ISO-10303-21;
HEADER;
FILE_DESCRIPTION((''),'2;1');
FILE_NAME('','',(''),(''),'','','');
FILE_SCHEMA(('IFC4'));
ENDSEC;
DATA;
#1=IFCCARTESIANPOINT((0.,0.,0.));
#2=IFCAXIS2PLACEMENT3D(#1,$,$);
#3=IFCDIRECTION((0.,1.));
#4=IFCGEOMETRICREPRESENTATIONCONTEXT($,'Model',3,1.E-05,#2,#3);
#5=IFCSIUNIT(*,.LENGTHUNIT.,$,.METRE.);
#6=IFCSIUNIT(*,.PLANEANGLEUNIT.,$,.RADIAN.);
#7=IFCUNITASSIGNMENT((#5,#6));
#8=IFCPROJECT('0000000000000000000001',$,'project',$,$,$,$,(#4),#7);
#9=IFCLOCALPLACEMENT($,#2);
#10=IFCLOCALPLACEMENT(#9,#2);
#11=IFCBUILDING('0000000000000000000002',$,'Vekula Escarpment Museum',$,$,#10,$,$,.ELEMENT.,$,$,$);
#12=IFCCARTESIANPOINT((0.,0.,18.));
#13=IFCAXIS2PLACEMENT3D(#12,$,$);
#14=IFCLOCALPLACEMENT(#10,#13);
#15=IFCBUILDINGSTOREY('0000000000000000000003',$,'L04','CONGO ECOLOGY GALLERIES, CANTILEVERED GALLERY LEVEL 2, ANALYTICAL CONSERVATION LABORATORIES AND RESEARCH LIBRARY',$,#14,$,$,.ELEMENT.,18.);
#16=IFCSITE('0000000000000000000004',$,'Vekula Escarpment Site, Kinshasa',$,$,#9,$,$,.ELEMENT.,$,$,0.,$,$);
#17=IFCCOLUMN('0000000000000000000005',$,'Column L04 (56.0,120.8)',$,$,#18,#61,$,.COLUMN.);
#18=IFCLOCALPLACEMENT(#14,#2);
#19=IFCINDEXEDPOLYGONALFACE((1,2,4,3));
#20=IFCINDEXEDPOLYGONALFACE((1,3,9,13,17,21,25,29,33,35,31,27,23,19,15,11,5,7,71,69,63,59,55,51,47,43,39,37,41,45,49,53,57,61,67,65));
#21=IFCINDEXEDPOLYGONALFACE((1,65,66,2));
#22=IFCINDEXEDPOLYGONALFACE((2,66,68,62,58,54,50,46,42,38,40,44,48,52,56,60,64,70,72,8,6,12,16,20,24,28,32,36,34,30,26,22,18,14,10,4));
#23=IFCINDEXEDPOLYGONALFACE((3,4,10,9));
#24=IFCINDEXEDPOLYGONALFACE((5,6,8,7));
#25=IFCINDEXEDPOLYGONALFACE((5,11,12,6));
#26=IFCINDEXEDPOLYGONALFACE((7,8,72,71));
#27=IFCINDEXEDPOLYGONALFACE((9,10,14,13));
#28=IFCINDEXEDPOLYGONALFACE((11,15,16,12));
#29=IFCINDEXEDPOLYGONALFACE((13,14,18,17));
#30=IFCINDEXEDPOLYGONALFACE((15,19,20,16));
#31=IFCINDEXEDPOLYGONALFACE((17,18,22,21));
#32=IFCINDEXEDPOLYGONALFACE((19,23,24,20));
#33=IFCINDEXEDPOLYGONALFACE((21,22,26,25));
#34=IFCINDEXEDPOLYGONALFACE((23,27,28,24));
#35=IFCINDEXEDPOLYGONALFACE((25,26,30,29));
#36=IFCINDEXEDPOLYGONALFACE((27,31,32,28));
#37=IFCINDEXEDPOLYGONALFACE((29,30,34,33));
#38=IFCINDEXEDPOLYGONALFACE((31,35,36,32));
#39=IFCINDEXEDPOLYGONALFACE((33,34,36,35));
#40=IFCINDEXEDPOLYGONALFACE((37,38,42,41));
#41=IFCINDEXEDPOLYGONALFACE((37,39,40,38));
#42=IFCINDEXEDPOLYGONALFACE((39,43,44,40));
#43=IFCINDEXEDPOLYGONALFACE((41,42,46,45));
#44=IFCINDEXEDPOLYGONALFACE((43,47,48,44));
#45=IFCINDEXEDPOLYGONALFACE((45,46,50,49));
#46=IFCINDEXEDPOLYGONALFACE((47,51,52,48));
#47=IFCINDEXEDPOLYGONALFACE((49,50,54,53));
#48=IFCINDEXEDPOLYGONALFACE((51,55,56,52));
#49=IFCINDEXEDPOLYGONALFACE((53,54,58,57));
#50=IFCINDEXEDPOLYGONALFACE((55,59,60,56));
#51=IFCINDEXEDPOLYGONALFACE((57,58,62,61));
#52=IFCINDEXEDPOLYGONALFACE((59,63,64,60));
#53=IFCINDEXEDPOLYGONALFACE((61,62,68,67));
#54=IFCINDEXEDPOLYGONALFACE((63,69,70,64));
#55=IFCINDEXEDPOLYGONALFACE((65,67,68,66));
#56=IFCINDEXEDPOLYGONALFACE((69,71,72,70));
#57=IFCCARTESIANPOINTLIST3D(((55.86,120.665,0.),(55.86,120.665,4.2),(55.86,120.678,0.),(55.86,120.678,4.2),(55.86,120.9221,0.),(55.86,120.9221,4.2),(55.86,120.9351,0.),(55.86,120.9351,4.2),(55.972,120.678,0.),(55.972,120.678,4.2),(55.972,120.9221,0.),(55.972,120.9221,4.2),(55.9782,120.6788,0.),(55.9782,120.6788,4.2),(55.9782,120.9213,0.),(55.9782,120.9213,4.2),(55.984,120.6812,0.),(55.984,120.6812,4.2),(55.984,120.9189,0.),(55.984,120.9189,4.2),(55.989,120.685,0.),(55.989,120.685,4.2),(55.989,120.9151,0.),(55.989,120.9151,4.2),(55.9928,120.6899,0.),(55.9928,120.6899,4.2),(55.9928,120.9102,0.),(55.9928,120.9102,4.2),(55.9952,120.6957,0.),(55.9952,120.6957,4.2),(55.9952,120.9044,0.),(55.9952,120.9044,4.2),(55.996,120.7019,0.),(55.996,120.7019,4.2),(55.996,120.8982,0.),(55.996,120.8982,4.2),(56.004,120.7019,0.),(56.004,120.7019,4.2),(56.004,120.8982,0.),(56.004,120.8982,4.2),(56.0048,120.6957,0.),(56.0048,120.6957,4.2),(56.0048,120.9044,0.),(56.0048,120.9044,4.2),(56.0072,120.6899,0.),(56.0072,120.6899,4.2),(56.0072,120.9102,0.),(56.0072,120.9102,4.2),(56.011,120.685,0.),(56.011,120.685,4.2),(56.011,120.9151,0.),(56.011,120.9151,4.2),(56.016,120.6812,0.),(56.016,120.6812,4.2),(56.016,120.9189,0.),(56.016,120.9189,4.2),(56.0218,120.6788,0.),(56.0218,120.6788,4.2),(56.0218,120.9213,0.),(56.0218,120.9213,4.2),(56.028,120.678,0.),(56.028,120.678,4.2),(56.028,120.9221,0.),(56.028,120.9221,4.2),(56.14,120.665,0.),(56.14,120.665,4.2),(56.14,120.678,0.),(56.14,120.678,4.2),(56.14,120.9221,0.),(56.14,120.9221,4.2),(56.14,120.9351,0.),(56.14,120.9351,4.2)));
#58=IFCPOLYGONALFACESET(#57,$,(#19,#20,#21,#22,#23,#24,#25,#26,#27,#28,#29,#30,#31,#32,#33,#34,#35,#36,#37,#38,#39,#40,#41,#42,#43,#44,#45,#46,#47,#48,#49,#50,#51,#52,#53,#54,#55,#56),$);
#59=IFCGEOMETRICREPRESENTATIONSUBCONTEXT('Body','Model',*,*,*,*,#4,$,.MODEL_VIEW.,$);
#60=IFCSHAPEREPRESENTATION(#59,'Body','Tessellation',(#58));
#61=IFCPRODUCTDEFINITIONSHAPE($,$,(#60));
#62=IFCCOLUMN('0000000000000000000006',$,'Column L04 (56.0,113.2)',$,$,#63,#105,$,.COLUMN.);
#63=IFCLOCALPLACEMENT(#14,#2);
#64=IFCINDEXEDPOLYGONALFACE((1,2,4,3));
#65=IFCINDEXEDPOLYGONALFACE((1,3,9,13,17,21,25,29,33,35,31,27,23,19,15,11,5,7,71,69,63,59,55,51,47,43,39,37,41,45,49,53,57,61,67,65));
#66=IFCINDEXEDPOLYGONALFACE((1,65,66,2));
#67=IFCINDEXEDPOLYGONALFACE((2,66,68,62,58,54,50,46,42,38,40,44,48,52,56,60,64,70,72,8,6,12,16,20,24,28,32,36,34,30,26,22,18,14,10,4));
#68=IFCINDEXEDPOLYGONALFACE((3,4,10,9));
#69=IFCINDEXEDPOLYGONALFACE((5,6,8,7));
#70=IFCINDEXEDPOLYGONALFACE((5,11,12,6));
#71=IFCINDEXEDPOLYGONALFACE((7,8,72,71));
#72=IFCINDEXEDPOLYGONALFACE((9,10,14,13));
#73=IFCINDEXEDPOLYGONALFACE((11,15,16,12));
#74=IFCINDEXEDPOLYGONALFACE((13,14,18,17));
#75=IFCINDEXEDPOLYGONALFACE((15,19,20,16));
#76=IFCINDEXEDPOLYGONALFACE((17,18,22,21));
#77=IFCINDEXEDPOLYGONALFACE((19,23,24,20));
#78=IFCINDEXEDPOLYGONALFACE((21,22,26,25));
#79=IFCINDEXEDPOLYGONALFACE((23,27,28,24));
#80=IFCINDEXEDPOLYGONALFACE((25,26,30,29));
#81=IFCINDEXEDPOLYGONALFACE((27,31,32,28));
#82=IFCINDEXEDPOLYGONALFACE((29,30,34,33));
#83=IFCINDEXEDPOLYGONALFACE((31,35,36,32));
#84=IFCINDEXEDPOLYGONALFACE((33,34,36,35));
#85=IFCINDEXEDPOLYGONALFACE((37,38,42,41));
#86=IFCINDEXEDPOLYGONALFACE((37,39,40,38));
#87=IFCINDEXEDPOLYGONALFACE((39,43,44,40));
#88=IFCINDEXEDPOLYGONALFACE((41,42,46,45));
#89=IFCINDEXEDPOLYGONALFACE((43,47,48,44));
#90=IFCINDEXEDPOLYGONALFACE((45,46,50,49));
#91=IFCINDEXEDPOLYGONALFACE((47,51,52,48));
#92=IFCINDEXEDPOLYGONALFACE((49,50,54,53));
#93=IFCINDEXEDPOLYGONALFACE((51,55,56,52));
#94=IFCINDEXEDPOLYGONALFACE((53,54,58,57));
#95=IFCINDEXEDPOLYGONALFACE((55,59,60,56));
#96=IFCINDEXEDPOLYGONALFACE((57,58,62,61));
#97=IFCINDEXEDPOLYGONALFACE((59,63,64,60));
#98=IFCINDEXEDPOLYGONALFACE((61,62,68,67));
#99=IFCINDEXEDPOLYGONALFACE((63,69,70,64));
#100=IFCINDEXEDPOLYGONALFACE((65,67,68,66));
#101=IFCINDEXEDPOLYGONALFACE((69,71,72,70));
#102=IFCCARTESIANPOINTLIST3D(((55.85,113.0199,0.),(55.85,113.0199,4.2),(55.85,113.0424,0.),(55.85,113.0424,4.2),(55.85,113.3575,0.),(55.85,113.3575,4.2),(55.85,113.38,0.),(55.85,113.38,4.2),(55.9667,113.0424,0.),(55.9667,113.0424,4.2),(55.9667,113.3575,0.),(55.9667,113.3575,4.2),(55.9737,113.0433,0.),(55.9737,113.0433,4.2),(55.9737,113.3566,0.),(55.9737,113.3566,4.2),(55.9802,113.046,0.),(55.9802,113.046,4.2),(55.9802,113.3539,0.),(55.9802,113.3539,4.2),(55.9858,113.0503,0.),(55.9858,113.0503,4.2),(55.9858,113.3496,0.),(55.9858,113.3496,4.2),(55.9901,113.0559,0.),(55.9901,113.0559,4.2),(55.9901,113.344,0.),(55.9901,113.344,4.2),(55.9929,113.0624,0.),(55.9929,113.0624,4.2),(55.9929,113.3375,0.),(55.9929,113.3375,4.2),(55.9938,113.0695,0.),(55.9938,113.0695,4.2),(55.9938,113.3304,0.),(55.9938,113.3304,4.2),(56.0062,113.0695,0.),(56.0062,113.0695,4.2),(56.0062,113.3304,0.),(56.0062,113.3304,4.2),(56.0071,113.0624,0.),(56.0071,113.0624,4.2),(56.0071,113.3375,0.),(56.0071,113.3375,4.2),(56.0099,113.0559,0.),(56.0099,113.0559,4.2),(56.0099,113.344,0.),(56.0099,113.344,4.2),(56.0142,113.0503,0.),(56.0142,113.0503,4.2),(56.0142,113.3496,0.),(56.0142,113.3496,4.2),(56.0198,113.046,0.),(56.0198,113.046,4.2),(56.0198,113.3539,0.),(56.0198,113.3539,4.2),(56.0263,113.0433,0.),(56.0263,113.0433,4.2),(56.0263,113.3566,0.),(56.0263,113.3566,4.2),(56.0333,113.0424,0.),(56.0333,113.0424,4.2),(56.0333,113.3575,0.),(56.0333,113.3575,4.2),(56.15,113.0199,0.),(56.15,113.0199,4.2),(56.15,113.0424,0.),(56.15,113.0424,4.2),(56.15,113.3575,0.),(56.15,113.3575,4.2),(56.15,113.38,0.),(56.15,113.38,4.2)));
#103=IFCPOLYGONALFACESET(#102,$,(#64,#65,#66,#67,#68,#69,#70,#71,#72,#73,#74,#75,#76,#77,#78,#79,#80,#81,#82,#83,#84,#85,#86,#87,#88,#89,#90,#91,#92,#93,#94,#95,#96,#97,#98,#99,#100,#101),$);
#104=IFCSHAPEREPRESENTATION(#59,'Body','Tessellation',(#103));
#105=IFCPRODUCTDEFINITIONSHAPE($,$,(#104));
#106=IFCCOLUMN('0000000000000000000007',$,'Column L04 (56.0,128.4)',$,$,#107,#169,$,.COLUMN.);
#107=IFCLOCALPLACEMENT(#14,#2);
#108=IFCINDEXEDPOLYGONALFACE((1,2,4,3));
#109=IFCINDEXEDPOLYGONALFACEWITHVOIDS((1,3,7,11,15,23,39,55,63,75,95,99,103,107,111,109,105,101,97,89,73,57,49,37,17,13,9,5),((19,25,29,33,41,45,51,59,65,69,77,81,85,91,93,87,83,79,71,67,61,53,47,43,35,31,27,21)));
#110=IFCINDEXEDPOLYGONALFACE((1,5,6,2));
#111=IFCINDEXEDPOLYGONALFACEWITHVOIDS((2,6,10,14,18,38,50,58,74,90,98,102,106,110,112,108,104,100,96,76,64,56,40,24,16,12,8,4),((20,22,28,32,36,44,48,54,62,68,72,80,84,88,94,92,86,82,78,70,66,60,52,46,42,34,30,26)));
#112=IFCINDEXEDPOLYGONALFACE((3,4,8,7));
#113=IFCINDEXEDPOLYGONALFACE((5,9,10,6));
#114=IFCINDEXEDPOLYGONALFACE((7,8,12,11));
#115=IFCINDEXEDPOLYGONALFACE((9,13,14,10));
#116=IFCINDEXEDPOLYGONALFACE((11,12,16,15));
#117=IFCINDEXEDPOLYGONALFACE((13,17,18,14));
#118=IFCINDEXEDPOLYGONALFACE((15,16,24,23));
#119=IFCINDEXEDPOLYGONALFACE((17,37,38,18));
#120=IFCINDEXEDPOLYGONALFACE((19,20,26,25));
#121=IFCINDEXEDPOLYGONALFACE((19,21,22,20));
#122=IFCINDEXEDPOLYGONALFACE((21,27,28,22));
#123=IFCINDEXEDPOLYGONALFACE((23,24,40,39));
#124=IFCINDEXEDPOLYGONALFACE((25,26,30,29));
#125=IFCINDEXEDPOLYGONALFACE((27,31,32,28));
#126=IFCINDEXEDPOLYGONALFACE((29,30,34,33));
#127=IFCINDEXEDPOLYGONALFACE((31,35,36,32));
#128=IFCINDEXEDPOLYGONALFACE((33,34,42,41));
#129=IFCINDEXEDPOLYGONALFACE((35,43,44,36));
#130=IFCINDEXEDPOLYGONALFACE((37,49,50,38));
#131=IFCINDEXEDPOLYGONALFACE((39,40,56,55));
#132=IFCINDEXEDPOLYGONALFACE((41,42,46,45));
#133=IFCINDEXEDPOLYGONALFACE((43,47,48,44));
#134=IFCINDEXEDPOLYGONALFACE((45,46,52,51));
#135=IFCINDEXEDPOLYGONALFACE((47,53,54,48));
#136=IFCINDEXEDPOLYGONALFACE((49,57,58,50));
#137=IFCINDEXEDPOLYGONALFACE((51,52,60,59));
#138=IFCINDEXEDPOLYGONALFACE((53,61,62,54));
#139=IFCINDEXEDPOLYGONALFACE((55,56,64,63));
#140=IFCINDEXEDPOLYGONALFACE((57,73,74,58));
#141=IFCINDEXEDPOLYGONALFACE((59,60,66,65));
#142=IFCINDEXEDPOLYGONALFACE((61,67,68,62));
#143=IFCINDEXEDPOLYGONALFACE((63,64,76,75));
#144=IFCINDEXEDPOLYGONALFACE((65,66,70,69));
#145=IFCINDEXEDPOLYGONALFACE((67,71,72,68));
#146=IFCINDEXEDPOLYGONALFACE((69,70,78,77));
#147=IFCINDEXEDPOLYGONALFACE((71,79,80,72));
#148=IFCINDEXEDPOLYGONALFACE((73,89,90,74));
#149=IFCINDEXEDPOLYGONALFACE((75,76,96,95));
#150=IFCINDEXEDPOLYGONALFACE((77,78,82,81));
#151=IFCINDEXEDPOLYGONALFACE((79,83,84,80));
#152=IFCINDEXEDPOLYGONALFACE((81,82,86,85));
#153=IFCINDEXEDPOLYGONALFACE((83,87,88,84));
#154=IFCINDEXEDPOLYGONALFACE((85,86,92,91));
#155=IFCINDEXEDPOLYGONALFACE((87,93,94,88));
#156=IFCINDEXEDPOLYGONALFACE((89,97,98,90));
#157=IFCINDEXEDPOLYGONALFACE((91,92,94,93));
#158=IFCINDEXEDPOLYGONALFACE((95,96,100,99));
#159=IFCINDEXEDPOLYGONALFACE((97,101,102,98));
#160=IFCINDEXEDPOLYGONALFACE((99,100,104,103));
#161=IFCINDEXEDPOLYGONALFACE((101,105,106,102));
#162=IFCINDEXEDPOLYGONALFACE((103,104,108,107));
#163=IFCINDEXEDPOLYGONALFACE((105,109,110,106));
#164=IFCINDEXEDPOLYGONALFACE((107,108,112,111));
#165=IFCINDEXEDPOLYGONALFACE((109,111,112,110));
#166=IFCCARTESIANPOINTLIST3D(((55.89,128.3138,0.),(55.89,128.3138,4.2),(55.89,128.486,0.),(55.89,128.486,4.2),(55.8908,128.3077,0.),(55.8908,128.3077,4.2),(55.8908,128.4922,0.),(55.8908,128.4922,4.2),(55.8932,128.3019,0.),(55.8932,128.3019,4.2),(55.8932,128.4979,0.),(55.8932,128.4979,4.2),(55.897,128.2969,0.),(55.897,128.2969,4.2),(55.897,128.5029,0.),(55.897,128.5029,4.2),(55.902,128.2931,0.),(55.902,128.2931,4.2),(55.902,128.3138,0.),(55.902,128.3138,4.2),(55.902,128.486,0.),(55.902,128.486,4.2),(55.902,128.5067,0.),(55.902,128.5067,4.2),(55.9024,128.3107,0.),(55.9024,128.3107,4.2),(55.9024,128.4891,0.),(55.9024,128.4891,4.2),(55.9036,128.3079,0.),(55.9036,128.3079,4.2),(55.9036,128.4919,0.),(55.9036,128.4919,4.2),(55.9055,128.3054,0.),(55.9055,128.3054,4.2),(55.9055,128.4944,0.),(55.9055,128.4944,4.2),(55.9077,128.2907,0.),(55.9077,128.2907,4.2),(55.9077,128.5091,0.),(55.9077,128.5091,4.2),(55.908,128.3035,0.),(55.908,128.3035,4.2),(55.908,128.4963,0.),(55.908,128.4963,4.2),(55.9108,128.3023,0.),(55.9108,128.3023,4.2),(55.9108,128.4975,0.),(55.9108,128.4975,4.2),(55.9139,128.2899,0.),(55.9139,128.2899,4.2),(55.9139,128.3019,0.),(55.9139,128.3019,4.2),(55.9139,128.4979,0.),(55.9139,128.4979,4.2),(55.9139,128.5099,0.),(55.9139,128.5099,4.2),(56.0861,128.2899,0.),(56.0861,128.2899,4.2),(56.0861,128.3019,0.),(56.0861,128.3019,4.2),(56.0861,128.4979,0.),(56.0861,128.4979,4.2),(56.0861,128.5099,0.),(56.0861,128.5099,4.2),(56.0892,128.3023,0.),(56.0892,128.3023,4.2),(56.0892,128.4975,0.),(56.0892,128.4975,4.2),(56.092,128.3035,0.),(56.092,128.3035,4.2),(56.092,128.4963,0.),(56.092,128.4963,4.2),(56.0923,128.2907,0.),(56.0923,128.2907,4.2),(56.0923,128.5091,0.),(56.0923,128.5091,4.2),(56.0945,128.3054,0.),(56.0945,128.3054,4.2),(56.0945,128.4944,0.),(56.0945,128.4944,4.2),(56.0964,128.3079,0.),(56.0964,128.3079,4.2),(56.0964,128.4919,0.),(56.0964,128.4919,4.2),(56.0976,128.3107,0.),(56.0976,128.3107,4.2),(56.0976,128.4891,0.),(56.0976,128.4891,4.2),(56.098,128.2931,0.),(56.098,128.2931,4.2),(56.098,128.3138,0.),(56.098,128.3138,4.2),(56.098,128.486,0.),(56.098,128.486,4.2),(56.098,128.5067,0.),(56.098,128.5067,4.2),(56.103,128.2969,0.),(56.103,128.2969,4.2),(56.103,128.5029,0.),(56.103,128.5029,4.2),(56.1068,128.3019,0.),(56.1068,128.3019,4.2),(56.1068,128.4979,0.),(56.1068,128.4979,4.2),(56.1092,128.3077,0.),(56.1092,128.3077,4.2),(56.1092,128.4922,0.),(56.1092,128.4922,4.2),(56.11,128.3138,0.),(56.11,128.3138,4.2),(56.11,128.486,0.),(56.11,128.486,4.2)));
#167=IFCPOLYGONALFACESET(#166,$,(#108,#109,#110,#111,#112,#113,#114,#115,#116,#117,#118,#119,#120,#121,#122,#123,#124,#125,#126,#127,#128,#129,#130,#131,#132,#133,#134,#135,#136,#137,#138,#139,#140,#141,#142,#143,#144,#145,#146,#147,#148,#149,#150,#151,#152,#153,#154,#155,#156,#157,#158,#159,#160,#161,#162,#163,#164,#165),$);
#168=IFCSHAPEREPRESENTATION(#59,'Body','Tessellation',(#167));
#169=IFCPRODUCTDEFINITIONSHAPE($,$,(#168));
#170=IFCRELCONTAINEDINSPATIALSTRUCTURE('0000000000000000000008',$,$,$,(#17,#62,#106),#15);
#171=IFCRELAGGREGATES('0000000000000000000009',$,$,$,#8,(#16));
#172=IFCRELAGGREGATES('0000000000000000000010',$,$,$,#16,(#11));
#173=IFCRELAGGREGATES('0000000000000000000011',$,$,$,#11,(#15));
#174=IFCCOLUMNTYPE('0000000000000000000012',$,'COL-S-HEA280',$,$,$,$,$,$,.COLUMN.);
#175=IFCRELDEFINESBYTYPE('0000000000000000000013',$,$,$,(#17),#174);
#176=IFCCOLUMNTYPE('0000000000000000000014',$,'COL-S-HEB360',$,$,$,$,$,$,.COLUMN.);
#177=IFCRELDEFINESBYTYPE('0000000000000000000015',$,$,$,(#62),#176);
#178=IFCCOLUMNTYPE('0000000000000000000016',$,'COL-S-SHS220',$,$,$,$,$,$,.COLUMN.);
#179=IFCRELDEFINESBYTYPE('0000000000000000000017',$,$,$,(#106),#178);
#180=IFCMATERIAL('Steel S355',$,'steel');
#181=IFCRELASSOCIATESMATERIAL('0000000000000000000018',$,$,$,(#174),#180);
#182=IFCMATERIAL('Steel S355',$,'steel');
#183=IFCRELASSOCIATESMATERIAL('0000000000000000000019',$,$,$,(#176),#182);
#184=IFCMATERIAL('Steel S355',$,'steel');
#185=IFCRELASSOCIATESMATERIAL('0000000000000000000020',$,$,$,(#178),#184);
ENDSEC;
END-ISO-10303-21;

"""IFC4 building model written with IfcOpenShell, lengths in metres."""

from ifc_helpers import new_model, si_unit, direction, frame, origin, origin_2d, place, context, subcontext, project, spatial, hollow_rectangle, i_section, extrude, material, material_profile, profile_set, type_object, element, save


model = new_model("IFC4")

# Units and contexts
model_context = context("Model", 3, precision=1e-05, world=origin(), true_north=direction((0.0, 1.0)))
body_context = subcontext(model_context, "Body", "Model", "MODEL_VIEW")
ifc_project = project(units=[si_unit("LENGTHUNIT", "METRE"), si_unit("PLANEANGLEUNIT", "RADIAN")], contexts=[model_context])

# Site, building, storey
site_placement = place(None, origin())
site = spatial("IfcSite", under=ifc_project, at=site_placement, Name="Vekula Escarpment Site, Kinshasa", CompositionType="ELEMENT", RefElevation=0.0)
building_placement = place(site_placement, origin())
building = spatial("IfcBuilding", under=site, at=building_placement, Name="Vekula Escarpment Museum", CompositionType="ELEMENT")
storey_placement = place(building_placement, frame((0.0, 0.0, 18.0)))
storey = spatial("IfcBuildingStorey", under=building, at=storey_placement, Name="L04", Description="CONGO ECOLOGY GALLERIES, CANTILEVERED GALLERY LEVEL 2, ANALYTICAL CONSERVATION LABORATORIES AND RESEARCH LIBRARY", CompositionType="ELEMENT", Elevation=18.0)

# Columns
ifc_material_1 = material(Name="Steel S355", Category="steel")
ifc_material_profile_1 = material_profile(ifc_material_1, i_section(OverallWidth=0.28, OverallDepth=0.27, WebThickness=0.0081, FlangeThickness=0.0129, FilletRadius=0.0239, at=origin_2d()), Name="HEA 280")
ifc_profile_set_1 = profile_set([ifc_material_profile_1], Name="Steel S355")
column_type_1 = type_object("IfcColumnType", Name="COL-S-HEA280", PredefinedType="COLUMN", material=ifc_profile_set_1)
column_1_placement = place(storey_placement, frame((56.0, 120.8, 0.0), z_axis=(0.0, 0.0, 1.0), x_axis=(1.0, 0.0, 0.0)))
element("IfcColumn", 1, at=column_1_placement, inside=storey, type_object=column_type_1, Name="Column L04 (56.0,120.8)", PredefinedType="COLUMN", context=body_context, shape_type="SweptSolid", body=[
    extrude(i_section(OverallWidth=0.28, OverallDepth=0.27, WebThickness=0.0081, FlangeThickness=0.0129, FilletRadius=0.0239, at=origin_2d()), origin(), (0.0, 0.0, 1.0), 4.2),
])
ifc_material_2 = material(Name="Steel S355", Category="steel")
ifc_material_profile_2 = material_profile(ifc_material_2, i_section(OverallWidth=0.3, OverallDepth=0.3601, WebThickness=0.0125, FlangeThickness=0.0225, FilletRadius=0.0271, at=origin_2d()), Name="HEB 360")
ifc_profile_set_2 = profile_set([ifc_material_profile_2], Name="Steel S355")
column_type_2 = type_object("IfcColumnType", Name="COL-S-HEB360", PredefinedType="COLUMN", material=ifc_profile_set_2)
column_2_placement = place(storey_placement, frame((56.0, 113.2, 0.0), z_axis=(0.0, 0.0, 1.0), x_axis=(1.0, 0.0, 0.0)))
element("IfcColumn", 2, at=column_2_placement, inside=storey, type_object=column_type_2, Name="Column L04 (56.0,113.2)", PredefinedType="COLUMN", context=body_context, shape_type="SweptSolid", body=[
    extrude(i_section(OverallWidth=0.3, OverallDepth=0.3601, WebThickness=0.0125, FlangeThickness=0.0225, FilletRadius=0.0271, at=origin_2d()), origin(), (0.0, 0.0, 1.0), 4.2),
])
ifc_material_3 = material(Name="Steel S355", Category="steel")
ifc_material_profile_3 = material_profile(ifc_material_3, hollow_rectangle(XDim=0.22, YDim=0.22, WallThickness=0.012, InnerFilletRadius=0.012, OuterFilletRadius=0.0239, at=origin_2d()), Name="SHS 220x220x12")
ifc_profile_set_3 = profile_set([ifc_material_profile_3], Name="Steel S355")
column_type_3 = type_object("IfcColumnType", Name="COL-S-SHS220", PredefinedType="COLUMN", material=ifc_profile_set_3)
column_3_placement = place(storey_placement, frame((56.0, 128.3999, 0.0), z_axis=(0.0, 0.0, 1.0), x_axis=(1.0, 0.0, 0.0)))
element("IfcColumn", 3, at=column_3_placement, inside=storey, type_object=column_type_3, Name="Column L04 (56.0,128.4)", PredefinedType="COLUMN", context=body_context, shape_type="SweptSolid", body=[
    extrude(hollow_rectangle(XDim=0.22, YDim=0.22, WallThickness=0.012, InnerFilletRadius=0.012, OuterFilletRadius=0.0239, at=origin_2d()), origin(), (0.0, 0.0, 1.0), 4.2),
])

save(model, "model.ifc")
